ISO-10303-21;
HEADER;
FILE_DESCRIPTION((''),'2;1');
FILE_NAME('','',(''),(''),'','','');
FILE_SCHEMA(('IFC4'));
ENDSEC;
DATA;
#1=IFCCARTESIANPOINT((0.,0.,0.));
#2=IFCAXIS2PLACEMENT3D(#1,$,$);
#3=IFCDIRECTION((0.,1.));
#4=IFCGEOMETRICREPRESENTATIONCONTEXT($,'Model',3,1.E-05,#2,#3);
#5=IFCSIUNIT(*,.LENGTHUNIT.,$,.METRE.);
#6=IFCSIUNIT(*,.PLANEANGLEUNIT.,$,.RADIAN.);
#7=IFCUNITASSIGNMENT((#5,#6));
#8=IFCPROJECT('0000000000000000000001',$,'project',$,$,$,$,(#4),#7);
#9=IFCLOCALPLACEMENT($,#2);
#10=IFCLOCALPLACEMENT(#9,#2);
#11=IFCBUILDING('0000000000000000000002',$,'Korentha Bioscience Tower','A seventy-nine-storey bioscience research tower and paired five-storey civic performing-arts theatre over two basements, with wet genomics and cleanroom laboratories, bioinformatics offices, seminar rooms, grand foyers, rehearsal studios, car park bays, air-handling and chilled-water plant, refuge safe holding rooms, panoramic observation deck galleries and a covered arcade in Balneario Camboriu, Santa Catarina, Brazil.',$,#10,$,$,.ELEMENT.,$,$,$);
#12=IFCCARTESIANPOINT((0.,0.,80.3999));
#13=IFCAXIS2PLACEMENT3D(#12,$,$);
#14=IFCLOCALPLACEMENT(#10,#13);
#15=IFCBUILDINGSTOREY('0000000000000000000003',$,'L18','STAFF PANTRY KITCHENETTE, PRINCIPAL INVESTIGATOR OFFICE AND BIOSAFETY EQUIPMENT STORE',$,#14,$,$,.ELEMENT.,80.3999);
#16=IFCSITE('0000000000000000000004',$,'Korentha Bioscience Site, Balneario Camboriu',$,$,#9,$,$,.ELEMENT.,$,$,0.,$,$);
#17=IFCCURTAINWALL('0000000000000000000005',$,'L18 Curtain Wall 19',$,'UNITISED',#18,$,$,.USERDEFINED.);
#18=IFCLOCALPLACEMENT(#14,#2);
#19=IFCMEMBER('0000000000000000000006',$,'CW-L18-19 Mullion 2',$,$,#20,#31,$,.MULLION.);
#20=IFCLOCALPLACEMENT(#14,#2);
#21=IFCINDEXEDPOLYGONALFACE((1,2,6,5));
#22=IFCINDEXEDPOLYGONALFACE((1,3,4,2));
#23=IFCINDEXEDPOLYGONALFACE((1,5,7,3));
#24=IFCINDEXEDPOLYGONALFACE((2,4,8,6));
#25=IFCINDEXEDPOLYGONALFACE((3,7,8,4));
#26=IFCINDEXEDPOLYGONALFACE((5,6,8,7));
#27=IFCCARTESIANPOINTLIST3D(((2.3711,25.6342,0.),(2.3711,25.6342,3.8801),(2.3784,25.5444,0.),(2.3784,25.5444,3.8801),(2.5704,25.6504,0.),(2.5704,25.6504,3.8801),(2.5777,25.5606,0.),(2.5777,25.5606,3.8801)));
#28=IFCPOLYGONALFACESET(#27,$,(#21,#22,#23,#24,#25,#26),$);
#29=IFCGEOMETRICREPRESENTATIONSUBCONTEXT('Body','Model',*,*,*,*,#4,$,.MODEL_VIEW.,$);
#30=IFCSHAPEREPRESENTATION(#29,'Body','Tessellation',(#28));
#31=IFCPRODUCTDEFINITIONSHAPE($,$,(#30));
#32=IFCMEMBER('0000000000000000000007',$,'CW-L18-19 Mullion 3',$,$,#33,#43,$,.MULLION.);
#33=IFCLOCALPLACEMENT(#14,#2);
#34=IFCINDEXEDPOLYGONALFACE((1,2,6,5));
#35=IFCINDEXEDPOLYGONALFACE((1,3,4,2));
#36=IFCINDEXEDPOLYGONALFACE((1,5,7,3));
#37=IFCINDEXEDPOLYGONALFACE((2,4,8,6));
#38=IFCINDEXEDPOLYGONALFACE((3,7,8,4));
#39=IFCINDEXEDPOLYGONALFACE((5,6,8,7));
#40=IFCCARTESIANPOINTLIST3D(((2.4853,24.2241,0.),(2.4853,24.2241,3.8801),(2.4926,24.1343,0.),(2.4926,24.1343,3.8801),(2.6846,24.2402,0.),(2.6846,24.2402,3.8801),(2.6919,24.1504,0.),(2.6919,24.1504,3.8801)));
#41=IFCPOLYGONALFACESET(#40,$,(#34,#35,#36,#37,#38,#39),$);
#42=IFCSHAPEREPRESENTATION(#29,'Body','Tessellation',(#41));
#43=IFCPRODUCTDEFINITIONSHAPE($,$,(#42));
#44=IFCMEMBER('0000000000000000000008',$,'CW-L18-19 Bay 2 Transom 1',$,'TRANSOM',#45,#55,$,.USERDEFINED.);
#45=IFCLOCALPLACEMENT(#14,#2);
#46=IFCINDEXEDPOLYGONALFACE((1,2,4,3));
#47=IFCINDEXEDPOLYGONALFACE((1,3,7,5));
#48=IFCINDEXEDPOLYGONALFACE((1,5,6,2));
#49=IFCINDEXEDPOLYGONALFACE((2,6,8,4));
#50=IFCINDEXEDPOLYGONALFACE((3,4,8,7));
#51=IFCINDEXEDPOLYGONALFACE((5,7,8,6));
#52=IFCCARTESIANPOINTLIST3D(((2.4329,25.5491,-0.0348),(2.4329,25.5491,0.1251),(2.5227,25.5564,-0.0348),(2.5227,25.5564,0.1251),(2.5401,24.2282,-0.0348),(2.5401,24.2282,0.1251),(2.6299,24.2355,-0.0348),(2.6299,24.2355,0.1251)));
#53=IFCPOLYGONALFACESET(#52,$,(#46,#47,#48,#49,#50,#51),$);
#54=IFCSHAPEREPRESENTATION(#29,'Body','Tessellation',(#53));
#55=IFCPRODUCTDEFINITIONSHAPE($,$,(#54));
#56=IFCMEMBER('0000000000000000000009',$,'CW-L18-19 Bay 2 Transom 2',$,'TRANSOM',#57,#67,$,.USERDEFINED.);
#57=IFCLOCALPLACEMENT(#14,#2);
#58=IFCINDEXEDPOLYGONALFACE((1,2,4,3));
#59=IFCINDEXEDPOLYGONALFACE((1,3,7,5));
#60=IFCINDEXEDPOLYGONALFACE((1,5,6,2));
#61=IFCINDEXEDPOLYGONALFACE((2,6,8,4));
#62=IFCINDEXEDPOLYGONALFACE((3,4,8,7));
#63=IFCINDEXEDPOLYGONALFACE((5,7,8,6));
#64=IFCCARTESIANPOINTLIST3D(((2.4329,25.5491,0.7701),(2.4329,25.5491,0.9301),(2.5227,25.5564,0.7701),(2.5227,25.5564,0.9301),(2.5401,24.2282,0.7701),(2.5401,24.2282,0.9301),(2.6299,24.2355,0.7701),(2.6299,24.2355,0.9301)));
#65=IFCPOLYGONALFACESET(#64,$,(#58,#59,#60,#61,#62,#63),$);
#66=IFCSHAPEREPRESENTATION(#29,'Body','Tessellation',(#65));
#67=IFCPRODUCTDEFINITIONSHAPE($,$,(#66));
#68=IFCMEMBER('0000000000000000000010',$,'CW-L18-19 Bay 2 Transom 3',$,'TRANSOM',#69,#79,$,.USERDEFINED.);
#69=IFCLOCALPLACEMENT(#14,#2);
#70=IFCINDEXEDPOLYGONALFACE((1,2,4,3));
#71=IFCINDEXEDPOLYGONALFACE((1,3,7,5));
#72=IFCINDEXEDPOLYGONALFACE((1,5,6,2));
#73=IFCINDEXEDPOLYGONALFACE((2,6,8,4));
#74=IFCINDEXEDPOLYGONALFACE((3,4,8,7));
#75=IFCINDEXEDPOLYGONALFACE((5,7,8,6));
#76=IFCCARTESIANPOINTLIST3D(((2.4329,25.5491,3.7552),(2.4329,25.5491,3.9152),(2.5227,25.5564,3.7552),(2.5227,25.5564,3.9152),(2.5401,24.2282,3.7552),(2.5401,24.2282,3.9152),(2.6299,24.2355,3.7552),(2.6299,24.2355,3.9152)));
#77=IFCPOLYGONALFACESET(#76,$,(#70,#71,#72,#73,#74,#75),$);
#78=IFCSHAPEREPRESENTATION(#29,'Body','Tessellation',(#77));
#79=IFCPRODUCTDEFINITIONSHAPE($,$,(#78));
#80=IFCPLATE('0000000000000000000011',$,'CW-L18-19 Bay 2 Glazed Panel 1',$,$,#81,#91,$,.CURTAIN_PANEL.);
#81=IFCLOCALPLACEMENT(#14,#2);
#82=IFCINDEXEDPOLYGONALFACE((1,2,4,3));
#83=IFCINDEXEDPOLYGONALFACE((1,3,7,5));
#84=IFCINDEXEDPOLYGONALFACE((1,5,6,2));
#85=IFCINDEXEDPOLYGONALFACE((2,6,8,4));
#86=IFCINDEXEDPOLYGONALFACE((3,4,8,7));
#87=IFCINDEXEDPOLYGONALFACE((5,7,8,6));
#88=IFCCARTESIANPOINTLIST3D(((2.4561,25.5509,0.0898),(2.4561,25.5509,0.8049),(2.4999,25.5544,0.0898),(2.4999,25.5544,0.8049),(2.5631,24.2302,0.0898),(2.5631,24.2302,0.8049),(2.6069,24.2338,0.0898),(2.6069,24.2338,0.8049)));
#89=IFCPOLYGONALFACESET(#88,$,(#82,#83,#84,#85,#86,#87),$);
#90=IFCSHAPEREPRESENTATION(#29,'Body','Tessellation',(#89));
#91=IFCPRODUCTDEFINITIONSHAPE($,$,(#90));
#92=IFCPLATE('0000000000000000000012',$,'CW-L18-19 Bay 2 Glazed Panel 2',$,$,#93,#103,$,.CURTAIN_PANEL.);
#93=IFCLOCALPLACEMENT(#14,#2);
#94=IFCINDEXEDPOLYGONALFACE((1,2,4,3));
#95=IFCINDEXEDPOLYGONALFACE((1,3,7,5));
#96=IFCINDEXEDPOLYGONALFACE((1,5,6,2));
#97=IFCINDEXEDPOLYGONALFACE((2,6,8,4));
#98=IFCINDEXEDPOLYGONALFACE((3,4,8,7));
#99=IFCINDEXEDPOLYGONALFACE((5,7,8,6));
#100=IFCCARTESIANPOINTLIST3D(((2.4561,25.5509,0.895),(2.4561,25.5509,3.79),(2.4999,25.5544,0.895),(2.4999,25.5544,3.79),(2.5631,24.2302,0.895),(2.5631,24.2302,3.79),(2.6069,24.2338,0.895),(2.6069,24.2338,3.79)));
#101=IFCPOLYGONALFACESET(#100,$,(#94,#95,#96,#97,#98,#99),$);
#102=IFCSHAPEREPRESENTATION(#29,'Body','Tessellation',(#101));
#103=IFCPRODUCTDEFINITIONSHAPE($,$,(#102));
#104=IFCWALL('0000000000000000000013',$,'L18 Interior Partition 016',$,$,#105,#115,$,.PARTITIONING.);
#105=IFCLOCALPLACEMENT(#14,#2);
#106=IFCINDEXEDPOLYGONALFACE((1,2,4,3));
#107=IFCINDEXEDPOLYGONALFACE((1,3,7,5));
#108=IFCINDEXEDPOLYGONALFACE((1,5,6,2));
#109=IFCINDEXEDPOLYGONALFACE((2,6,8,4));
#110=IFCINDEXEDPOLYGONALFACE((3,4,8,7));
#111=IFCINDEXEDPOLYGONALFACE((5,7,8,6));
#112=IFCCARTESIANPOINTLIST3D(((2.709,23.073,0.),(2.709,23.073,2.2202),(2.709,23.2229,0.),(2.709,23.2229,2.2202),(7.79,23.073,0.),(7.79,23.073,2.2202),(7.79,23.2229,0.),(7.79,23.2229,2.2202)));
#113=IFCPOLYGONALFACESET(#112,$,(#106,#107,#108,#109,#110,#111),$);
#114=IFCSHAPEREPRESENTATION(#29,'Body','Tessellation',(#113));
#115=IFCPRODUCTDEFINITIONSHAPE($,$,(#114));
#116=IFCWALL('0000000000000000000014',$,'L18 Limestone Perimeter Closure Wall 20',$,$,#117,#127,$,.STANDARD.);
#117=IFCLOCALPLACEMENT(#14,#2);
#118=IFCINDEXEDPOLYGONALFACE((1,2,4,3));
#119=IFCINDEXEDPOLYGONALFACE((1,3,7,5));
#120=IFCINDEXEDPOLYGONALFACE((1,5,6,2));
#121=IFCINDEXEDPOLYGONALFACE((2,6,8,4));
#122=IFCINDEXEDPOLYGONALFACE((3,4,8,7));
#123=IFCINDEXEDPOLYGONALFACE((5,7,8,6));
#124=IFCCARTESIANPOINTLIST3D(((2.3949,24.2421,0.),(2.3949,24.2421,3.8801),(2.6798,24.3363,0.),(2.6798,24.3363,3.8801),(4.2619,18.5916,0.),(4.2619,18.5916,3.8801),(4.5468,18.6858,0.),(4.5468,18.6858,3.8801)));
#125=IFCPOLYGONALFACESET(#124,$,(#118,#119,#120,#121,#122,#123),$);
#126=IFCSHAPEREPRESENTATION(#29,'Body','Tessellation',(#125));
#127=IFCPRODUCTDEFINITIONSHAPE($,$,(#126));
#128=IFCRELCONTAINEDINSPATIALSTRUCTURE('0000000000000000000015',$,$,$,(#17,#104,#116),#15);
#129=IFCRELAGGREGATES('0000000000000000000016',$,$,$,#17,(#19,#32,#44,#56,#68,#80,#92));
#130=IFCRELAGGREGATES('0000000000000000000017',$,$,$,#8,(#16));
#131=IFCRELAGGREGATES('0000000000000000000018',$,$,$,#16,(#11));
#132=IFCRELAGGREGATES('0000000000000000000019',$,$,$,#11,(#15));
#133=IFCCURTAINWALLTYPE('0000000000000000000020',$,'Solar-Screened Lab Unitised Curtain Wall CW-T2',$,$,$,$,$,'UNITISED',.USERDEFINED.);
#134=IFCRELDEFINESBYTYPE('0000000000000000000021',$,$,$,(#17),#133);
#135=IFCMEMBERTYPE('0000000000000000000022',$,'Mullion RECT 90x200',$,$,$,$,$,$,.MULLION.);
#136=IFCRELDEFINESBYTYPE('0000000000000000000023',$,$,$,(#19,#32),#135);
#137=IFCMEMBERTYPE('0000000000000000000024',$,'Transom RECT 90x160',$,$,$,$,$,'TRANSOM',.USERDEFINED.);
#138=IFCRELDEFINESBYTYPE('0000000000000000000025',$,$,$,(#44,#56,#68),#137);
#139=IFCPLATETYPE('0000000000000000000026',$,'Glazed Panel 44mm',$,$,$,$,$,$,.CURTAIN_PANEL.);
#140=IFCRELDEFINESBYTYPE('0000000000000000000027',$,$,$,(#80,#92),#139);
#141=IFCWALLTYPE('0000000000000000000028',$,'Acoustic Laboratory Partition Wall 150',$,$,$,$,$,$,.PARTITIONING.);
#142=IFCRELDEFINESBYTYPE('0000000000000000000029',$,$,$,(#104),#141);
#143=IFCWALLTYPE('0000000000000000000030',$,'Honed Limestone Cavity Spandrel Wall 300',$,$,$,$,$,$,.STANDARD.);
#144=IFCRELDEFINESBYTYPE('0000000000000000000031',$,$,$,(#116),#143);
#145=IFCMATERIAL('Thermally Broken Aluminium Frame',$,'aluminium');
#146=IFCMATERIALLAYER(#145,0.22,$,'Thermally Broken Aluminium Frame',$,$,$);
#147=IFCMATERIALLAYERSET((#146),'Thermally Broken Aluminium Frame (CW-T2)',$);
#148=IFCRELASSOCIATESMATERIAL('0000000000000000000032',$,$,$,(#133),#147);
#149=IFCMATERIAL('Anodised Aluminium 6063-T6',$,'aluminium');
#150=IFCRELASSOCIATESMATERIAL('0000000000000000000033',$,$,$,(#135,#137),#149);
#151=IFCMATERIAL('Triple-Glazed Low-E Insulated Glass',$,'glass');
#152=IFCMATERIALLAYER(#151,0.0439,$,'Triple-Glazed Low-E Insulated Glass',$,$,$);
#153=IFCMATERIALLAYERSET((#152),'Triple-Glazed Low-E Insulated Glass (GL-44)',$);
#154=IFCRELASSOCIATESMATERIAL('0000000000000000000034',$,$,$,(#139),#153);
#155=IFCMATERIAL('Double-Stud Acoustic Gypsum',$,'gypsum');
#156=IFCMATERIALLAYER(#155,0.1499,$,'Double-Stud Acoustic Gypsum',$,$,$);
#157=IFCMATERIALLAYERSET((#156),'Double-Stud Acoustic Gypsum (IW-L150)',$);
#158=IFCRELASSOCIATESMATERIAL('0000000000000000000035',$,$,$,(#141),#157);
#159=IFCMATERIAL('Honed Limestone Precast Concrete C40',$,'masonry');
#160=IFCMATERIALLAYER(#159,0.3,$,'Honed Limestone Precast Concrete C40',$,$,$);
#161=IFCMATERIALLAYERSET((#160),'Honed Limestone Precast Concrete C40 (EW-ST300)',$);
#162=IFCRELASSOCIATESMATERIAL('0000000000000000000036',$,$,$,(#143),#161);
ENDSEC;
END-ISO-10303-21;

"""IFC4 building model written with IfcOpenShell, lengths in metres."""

from ifc_helpers import new_model, si_unit, direction, frame, frame_2d, origin, origin_2d, place, context, subcontext, project, spatial, rectangle, extrude, material, layer, layer_set, material_profile, profile_set, type_object, element, aggregate, save


model = new_model("IFC4")

# Units and contexts
model_context = context("Model", 3, precision=1e-05, world=origin(), true_north=direction((0.0, 1.0)))
body_context = subcontext(model_context, "Body", "Model", "MODEL_VIEW")
ifc_project = project(units=[si_unit("LENGTHUNIT", "METRE"), si_unit("PLANEANGLEUNIT", "RADIAN")], contexts=[model_context])

# Site, building, storey
site_placement = place(None, origin())
site = spatial("IfcSite", under=ifc_project, at=site_placement, Name="Korentha Bioscience Site, Balneario Camboriu", CompositionType="ELEMENT", RefElevation=0.0)
building_placement = place(site_placement, origin())
building = spatial("IfcBuilding", under=site, at=building_placement, Name="Korentha Bioscience Tower", Description="A seventy-nine-storey bioscience research tower and paired five-storey civic performing-arts theatre over two basements, with wet genomics and cleanroom laboratories, bioinformatics offices, seminar rooms, grand foyers, rehearsal studios, car park bays, air-handling and chilled-water plant, refuge safe holding rooms, panoramic observation deck galleries and a covered arcade in Balneario Camboriu, Santa Catarina, Brazil.", CompositionType="ELEMENT")
storey_placement = place(building_placement, frame((0.0, 0.0, 80.3999)))
storey = spatial("IfcBuildingStorey", under=building, at=storey_placement, Name="L18", Description="STAFF PANTRY KITCHENETTE, PRINCIPAL INVESTIGATOR OFFICE AND BIOSAFETY EQUIPMENT STORE", CompositionType="ELEMENT", Elevation=80.3999)

# Curtain wall, members, plates
ifc_material_1 = material(Name="Thermally Broken Aluminium Frame", Category="aluminium")
ifc_layer_1 = layer(ifc_material_1, 0.22, Name="Thermally Broken Aluminium Frame")
ifc_layer_set_1 = layer_set([ifc_layer_1], Name="Thermally Broken Aluminium Frame (CW-T2)")
curtain_wall_type = type_object("IfcCurtainWallType", Name="Solar-Screened Lab Unitised Curtain Wall CW-T2", ElementType="UNITISED", PredefinedType="USERDEFINED", material=ifc_layer_set_1)
curtain_wall_placement = place(storey_placement, origin())
curtain_wall = element("IfcCurtainWall", 1, at=curtain_wall_placement, inside=storey, type_object=curtain_wall_type, Name="L18 Curtain Wall 19", ObjectType="UNITISED", PredefinedType="USERDEFINED")
ifc_material_2 = material(Name="Anodised Aluminium 6063-T6", Category="aluminium")
ifc_material_profile_1 = material_profile(ifc_material_2, rectangle(XDim=0.0901, YDim=0.2, at=origin_2d()), Name="Anodised Aluminium 6063-T6")
ifc_profile_set_1 = profile_set([ifc_material_profile_1], Name="Anodised Aluminium 6063-T6 (CW-MUL)")
member_type_1 = type_object("IfcMemberType", Name="Mullion RECT 90x200", PredefinedType="MULLION", material=ifc_profile_set_1)
member_1_placement = place(storey_placement, frame((2.4744, 25.5974, 0.0), z_axis=(0.0, 0.0, 1.0), x_axis=(0.08082, -0.996729, 0.0)))
member_1 = element("IfcMember", 2, at=member_1_placement, type_object=member_type_1, Name="CW-L18-19 Mullion 2", PredefinedType="MULLION", context=body_context, shape_type="SweptSolid", body=[
    extrude(rectangle(XDim=0.0901, YDim=0.2, at=origin_2d()), origin(), (0.0, 0.0, 1.0), 3.8801),
])
member_2_placement = place(storey_placement, frame((2.5886, 24.1873, 0.0), z_axis=(0.0, 0.0, 1.0), x_axis=(0.08082, -0.996729, 0.0)))
member_2 = element("IfcMember", 3, at=member_2_placement, type_object=member_type_1, Name="CW-L18-19 Mullion 3", PredefinedType="MULLION", context=body_context, shape_type="SweptSolid", body=[
    extrude(rectangle(XDim=0.0901, YDim=0.2, at=origin_2d()), origin(), (0.0, 0.0, 1.0), 3.8801),
])
ifc_material_profile_2 = material_profile(ifc_material_2, rectangle(XDim=0.0901, YDim=0.1599, at=origin_2d()), Name="Anodised Aluminium 6063-T6")
ifc_profile_set_2 = profile_set([ifc_material_profile_2], Name="Anodised Aluminium 6063-T6 (CW-TRN)")
member_type_2 = type_object("IfcMemberType", Name="Transom RECT 90x160", ElementType="TRANSOM", PredefinedType="USERDEFINED", material=ifc_profile_set_2)
member_3_placement = place(storey_placement, frame((2.4778, 25.5527, 0.0452), z_axis=(0.08088, -0.996724, 0.0), x_axis=(0.996724, 0.08088, 0.0)))
member_3 = element("IfcMember", 4, at=member_3_placement, type_object=member_type_2, Name="CW-L18-19 Bay 2 Transom 1", ObjectType="TRANSOM", PredefinedType="USERDEFINED", context=body_context, shape_type="SweptSolid", body=[
    extrude(rectangle(XDim=0.0901, YDim=0.1599, at=origin_2d()), origin(), (0.0, 0.0, 1.0), 1.3252),
])
member_4_placement = place(storey_placement, frame((2.4778, 25.5527, 0.8501), z_axis=(0.08088, -0.996724, 0.0), x_axis=(0.996724, 0.08088, 0.0)))
member_4 = element("IfcMember", 5, at=member_4_placement, type_object=member_type_2, Name="CW-L18-19 Bay 2 Transom 2", ObjectType="TRANSOM", PredefinedType="USERDEFINED", context=body_context, shape_type="SweptSolid", body=[
    extrude(rectangle(XDim=0.0901, YDim=0.1599, at=origin_2d()), origin(), (0.0, 0.0, 1.0), 1.3252),
])
member_5_placement = place(storey_placement, frame((2.4778, 25.5527, 3.8352), z_axis=(0.08088, -0.996724, 0.0), x_axis=(0.996724, 0.08088, 0.0)))
member_5 = element("IfcMember", 6, at=member_5_placement, type_object=member_type_2, Name="CW-L18-19 Bay 2 Transom 3", ObjectType="TRANSOM", PredefinedType="USERDEFINED", context=body_context, shape_type="SweptSolid", body=[
    extrude(rectangle(XDim=0.0901, YDim=0.1599, at=origin_2d()), origin(), (0.0, 0.0, 1.0), 1.3252),
])
ifc_material_3 = material(Name="Triple-Glazed Low-E Insulated Glass", Category="glass")
ifc_layer_2 = layer(ifc_material_3, 0.0439, Name="Triple-Glazed Low-E Insulated Glass")
ifc_layer_set_2 = layer_set([ifc_layer_2], Name="Triple-Glazed Low-E Insulated Glass (GL-44)")
plate_type = type_object("IfcPlateType", Name="Glazed Panel 44mm", PredefinedType="CURTAIN_PANEL", material=ifc_layer_set_2)
plate_1_placement = place(storey_placement, frame((2.5315, 24.8923, 0.0898), z_axis=(0.0, 0.0, 1.0), x_axis=(0.08082, -0.996729, 0.0)))
plate_1 = element("IfcPlate", 7, at=plate_1_placement, type_object=plate_type, Name="CW-L18-19 Bay 2 Glazed Panel 1", PredefinedType="CURTAIN_PANEL", context=body_context, shape_type="SweptSolid", body=[
    extrude(rectangle(XDim=1.325, YDim=0.0439, at=origin_2d()), origin(), (0.0, 0.0, 1.0), 0.7151),
])
plate_2_placement = place(storey_placement, frame((2.5315, 24.8923, 0.895), z_axis=(0.0, 0.0, 1.0), x_axis=(0.08082, -0.996729, 0.0)))
plate_2 = element("IfcPlate", 8, at=plate_2_placement, type_object=plate_type, Name="CW-L18-19 Bay 2 Glazed Panel 2", PredefinedType="CURTAIN_PANEL", context=body_context, shape_type="SweptSolid", body=[
    extrude(rectangle(XDim=1.325, YDim=0.0439, at=origin_2d()), origin(), (0.0, 0.0, 1.0), 2.895),
])
aggregate(curtain_wall, [member_1, member_2, member_3, member_4, member_5, plate_1, plate_2])

# Shared definitions
ifc_material_4 = material(Name="Double-Stud Acoustic Gypsum", Category="gypsum")
ifc_layer_3 = layer(ifc_material_4, 0.1499, Name="Double-Stud Acoustic Gypsum")
ifc_layer_set_3 = layer_set([ifc_layer_3], Name="Double-Stud Acoustic Gypsum (IW-L150)")
wall_type_1 = type_object("IfcWallType", Name="Acoustic Laboratory Partition Wall 150", PredefinedType="PARTITIONING", material=ifc_layer_set_3)

# Walls
wall_1_placement = place(storey_placement, frame((2.709, 23.1479, 0.0), z_axis=(0.0, 0.0, 1.0), x_axis=(1.0, 0.0, 0.0)))
element("IfcWall", 9, at=wall_1_placement, inside=storey, type_object=wall_type_1, Name="L18 Interior Partition 016", PredefinedType="PARTITIONING", context=body_context, shape_type="SweptSolid", body=[
    extrude(rectangle(XDim=5.0811, YDim=0.1499, at=frame_2d((2.5405, 0.0))), origin(), (0.0, 0.0, 1.0), 2.2202),
])
ifc_material_5 = material(Name="Honed Limestone Precast Concrete C40", Category="masonry")
ifc_layer_4 = layer(ifc_material_5, 0.3, Name="Honed Limestone Precast Concrete C40")
ifc_layer_set_4 = layer_set([ifc_layer_4], Name="Honed Limestone Precast Concrete C40 (EW-ST300)")
wall_type_2 = type_object("IfcWallType", Name="Honed Limestone Cavity Spandrel Wall 300", PredefinedType="STANDARD", material=ifc_layer_set_4)
wall_2_placement = place(storey_placement, frame((2.5374, 24.2893, 0.0), z_axis=(0.0, 0.0, 1.0), x_axis=(0.313728, -0.949513, 0.0)))
element("IfcWall", 10, at=wall_2_placement, inside=storey, type_object=wall_type_2, Name="L18 Limestone Perimeter Closure Wall 20", PredefinedType="STANDARD", context=body_context, shape_type="SweptSolid", body=[
    extrude(rectangle(XDim=5.9509, YDim=0.3, at=frame_2d((2.9756, 0.0))), origin(), (0.0, 0.0, 1.0), 3.8801),
])

save(model, "model.ifc")
